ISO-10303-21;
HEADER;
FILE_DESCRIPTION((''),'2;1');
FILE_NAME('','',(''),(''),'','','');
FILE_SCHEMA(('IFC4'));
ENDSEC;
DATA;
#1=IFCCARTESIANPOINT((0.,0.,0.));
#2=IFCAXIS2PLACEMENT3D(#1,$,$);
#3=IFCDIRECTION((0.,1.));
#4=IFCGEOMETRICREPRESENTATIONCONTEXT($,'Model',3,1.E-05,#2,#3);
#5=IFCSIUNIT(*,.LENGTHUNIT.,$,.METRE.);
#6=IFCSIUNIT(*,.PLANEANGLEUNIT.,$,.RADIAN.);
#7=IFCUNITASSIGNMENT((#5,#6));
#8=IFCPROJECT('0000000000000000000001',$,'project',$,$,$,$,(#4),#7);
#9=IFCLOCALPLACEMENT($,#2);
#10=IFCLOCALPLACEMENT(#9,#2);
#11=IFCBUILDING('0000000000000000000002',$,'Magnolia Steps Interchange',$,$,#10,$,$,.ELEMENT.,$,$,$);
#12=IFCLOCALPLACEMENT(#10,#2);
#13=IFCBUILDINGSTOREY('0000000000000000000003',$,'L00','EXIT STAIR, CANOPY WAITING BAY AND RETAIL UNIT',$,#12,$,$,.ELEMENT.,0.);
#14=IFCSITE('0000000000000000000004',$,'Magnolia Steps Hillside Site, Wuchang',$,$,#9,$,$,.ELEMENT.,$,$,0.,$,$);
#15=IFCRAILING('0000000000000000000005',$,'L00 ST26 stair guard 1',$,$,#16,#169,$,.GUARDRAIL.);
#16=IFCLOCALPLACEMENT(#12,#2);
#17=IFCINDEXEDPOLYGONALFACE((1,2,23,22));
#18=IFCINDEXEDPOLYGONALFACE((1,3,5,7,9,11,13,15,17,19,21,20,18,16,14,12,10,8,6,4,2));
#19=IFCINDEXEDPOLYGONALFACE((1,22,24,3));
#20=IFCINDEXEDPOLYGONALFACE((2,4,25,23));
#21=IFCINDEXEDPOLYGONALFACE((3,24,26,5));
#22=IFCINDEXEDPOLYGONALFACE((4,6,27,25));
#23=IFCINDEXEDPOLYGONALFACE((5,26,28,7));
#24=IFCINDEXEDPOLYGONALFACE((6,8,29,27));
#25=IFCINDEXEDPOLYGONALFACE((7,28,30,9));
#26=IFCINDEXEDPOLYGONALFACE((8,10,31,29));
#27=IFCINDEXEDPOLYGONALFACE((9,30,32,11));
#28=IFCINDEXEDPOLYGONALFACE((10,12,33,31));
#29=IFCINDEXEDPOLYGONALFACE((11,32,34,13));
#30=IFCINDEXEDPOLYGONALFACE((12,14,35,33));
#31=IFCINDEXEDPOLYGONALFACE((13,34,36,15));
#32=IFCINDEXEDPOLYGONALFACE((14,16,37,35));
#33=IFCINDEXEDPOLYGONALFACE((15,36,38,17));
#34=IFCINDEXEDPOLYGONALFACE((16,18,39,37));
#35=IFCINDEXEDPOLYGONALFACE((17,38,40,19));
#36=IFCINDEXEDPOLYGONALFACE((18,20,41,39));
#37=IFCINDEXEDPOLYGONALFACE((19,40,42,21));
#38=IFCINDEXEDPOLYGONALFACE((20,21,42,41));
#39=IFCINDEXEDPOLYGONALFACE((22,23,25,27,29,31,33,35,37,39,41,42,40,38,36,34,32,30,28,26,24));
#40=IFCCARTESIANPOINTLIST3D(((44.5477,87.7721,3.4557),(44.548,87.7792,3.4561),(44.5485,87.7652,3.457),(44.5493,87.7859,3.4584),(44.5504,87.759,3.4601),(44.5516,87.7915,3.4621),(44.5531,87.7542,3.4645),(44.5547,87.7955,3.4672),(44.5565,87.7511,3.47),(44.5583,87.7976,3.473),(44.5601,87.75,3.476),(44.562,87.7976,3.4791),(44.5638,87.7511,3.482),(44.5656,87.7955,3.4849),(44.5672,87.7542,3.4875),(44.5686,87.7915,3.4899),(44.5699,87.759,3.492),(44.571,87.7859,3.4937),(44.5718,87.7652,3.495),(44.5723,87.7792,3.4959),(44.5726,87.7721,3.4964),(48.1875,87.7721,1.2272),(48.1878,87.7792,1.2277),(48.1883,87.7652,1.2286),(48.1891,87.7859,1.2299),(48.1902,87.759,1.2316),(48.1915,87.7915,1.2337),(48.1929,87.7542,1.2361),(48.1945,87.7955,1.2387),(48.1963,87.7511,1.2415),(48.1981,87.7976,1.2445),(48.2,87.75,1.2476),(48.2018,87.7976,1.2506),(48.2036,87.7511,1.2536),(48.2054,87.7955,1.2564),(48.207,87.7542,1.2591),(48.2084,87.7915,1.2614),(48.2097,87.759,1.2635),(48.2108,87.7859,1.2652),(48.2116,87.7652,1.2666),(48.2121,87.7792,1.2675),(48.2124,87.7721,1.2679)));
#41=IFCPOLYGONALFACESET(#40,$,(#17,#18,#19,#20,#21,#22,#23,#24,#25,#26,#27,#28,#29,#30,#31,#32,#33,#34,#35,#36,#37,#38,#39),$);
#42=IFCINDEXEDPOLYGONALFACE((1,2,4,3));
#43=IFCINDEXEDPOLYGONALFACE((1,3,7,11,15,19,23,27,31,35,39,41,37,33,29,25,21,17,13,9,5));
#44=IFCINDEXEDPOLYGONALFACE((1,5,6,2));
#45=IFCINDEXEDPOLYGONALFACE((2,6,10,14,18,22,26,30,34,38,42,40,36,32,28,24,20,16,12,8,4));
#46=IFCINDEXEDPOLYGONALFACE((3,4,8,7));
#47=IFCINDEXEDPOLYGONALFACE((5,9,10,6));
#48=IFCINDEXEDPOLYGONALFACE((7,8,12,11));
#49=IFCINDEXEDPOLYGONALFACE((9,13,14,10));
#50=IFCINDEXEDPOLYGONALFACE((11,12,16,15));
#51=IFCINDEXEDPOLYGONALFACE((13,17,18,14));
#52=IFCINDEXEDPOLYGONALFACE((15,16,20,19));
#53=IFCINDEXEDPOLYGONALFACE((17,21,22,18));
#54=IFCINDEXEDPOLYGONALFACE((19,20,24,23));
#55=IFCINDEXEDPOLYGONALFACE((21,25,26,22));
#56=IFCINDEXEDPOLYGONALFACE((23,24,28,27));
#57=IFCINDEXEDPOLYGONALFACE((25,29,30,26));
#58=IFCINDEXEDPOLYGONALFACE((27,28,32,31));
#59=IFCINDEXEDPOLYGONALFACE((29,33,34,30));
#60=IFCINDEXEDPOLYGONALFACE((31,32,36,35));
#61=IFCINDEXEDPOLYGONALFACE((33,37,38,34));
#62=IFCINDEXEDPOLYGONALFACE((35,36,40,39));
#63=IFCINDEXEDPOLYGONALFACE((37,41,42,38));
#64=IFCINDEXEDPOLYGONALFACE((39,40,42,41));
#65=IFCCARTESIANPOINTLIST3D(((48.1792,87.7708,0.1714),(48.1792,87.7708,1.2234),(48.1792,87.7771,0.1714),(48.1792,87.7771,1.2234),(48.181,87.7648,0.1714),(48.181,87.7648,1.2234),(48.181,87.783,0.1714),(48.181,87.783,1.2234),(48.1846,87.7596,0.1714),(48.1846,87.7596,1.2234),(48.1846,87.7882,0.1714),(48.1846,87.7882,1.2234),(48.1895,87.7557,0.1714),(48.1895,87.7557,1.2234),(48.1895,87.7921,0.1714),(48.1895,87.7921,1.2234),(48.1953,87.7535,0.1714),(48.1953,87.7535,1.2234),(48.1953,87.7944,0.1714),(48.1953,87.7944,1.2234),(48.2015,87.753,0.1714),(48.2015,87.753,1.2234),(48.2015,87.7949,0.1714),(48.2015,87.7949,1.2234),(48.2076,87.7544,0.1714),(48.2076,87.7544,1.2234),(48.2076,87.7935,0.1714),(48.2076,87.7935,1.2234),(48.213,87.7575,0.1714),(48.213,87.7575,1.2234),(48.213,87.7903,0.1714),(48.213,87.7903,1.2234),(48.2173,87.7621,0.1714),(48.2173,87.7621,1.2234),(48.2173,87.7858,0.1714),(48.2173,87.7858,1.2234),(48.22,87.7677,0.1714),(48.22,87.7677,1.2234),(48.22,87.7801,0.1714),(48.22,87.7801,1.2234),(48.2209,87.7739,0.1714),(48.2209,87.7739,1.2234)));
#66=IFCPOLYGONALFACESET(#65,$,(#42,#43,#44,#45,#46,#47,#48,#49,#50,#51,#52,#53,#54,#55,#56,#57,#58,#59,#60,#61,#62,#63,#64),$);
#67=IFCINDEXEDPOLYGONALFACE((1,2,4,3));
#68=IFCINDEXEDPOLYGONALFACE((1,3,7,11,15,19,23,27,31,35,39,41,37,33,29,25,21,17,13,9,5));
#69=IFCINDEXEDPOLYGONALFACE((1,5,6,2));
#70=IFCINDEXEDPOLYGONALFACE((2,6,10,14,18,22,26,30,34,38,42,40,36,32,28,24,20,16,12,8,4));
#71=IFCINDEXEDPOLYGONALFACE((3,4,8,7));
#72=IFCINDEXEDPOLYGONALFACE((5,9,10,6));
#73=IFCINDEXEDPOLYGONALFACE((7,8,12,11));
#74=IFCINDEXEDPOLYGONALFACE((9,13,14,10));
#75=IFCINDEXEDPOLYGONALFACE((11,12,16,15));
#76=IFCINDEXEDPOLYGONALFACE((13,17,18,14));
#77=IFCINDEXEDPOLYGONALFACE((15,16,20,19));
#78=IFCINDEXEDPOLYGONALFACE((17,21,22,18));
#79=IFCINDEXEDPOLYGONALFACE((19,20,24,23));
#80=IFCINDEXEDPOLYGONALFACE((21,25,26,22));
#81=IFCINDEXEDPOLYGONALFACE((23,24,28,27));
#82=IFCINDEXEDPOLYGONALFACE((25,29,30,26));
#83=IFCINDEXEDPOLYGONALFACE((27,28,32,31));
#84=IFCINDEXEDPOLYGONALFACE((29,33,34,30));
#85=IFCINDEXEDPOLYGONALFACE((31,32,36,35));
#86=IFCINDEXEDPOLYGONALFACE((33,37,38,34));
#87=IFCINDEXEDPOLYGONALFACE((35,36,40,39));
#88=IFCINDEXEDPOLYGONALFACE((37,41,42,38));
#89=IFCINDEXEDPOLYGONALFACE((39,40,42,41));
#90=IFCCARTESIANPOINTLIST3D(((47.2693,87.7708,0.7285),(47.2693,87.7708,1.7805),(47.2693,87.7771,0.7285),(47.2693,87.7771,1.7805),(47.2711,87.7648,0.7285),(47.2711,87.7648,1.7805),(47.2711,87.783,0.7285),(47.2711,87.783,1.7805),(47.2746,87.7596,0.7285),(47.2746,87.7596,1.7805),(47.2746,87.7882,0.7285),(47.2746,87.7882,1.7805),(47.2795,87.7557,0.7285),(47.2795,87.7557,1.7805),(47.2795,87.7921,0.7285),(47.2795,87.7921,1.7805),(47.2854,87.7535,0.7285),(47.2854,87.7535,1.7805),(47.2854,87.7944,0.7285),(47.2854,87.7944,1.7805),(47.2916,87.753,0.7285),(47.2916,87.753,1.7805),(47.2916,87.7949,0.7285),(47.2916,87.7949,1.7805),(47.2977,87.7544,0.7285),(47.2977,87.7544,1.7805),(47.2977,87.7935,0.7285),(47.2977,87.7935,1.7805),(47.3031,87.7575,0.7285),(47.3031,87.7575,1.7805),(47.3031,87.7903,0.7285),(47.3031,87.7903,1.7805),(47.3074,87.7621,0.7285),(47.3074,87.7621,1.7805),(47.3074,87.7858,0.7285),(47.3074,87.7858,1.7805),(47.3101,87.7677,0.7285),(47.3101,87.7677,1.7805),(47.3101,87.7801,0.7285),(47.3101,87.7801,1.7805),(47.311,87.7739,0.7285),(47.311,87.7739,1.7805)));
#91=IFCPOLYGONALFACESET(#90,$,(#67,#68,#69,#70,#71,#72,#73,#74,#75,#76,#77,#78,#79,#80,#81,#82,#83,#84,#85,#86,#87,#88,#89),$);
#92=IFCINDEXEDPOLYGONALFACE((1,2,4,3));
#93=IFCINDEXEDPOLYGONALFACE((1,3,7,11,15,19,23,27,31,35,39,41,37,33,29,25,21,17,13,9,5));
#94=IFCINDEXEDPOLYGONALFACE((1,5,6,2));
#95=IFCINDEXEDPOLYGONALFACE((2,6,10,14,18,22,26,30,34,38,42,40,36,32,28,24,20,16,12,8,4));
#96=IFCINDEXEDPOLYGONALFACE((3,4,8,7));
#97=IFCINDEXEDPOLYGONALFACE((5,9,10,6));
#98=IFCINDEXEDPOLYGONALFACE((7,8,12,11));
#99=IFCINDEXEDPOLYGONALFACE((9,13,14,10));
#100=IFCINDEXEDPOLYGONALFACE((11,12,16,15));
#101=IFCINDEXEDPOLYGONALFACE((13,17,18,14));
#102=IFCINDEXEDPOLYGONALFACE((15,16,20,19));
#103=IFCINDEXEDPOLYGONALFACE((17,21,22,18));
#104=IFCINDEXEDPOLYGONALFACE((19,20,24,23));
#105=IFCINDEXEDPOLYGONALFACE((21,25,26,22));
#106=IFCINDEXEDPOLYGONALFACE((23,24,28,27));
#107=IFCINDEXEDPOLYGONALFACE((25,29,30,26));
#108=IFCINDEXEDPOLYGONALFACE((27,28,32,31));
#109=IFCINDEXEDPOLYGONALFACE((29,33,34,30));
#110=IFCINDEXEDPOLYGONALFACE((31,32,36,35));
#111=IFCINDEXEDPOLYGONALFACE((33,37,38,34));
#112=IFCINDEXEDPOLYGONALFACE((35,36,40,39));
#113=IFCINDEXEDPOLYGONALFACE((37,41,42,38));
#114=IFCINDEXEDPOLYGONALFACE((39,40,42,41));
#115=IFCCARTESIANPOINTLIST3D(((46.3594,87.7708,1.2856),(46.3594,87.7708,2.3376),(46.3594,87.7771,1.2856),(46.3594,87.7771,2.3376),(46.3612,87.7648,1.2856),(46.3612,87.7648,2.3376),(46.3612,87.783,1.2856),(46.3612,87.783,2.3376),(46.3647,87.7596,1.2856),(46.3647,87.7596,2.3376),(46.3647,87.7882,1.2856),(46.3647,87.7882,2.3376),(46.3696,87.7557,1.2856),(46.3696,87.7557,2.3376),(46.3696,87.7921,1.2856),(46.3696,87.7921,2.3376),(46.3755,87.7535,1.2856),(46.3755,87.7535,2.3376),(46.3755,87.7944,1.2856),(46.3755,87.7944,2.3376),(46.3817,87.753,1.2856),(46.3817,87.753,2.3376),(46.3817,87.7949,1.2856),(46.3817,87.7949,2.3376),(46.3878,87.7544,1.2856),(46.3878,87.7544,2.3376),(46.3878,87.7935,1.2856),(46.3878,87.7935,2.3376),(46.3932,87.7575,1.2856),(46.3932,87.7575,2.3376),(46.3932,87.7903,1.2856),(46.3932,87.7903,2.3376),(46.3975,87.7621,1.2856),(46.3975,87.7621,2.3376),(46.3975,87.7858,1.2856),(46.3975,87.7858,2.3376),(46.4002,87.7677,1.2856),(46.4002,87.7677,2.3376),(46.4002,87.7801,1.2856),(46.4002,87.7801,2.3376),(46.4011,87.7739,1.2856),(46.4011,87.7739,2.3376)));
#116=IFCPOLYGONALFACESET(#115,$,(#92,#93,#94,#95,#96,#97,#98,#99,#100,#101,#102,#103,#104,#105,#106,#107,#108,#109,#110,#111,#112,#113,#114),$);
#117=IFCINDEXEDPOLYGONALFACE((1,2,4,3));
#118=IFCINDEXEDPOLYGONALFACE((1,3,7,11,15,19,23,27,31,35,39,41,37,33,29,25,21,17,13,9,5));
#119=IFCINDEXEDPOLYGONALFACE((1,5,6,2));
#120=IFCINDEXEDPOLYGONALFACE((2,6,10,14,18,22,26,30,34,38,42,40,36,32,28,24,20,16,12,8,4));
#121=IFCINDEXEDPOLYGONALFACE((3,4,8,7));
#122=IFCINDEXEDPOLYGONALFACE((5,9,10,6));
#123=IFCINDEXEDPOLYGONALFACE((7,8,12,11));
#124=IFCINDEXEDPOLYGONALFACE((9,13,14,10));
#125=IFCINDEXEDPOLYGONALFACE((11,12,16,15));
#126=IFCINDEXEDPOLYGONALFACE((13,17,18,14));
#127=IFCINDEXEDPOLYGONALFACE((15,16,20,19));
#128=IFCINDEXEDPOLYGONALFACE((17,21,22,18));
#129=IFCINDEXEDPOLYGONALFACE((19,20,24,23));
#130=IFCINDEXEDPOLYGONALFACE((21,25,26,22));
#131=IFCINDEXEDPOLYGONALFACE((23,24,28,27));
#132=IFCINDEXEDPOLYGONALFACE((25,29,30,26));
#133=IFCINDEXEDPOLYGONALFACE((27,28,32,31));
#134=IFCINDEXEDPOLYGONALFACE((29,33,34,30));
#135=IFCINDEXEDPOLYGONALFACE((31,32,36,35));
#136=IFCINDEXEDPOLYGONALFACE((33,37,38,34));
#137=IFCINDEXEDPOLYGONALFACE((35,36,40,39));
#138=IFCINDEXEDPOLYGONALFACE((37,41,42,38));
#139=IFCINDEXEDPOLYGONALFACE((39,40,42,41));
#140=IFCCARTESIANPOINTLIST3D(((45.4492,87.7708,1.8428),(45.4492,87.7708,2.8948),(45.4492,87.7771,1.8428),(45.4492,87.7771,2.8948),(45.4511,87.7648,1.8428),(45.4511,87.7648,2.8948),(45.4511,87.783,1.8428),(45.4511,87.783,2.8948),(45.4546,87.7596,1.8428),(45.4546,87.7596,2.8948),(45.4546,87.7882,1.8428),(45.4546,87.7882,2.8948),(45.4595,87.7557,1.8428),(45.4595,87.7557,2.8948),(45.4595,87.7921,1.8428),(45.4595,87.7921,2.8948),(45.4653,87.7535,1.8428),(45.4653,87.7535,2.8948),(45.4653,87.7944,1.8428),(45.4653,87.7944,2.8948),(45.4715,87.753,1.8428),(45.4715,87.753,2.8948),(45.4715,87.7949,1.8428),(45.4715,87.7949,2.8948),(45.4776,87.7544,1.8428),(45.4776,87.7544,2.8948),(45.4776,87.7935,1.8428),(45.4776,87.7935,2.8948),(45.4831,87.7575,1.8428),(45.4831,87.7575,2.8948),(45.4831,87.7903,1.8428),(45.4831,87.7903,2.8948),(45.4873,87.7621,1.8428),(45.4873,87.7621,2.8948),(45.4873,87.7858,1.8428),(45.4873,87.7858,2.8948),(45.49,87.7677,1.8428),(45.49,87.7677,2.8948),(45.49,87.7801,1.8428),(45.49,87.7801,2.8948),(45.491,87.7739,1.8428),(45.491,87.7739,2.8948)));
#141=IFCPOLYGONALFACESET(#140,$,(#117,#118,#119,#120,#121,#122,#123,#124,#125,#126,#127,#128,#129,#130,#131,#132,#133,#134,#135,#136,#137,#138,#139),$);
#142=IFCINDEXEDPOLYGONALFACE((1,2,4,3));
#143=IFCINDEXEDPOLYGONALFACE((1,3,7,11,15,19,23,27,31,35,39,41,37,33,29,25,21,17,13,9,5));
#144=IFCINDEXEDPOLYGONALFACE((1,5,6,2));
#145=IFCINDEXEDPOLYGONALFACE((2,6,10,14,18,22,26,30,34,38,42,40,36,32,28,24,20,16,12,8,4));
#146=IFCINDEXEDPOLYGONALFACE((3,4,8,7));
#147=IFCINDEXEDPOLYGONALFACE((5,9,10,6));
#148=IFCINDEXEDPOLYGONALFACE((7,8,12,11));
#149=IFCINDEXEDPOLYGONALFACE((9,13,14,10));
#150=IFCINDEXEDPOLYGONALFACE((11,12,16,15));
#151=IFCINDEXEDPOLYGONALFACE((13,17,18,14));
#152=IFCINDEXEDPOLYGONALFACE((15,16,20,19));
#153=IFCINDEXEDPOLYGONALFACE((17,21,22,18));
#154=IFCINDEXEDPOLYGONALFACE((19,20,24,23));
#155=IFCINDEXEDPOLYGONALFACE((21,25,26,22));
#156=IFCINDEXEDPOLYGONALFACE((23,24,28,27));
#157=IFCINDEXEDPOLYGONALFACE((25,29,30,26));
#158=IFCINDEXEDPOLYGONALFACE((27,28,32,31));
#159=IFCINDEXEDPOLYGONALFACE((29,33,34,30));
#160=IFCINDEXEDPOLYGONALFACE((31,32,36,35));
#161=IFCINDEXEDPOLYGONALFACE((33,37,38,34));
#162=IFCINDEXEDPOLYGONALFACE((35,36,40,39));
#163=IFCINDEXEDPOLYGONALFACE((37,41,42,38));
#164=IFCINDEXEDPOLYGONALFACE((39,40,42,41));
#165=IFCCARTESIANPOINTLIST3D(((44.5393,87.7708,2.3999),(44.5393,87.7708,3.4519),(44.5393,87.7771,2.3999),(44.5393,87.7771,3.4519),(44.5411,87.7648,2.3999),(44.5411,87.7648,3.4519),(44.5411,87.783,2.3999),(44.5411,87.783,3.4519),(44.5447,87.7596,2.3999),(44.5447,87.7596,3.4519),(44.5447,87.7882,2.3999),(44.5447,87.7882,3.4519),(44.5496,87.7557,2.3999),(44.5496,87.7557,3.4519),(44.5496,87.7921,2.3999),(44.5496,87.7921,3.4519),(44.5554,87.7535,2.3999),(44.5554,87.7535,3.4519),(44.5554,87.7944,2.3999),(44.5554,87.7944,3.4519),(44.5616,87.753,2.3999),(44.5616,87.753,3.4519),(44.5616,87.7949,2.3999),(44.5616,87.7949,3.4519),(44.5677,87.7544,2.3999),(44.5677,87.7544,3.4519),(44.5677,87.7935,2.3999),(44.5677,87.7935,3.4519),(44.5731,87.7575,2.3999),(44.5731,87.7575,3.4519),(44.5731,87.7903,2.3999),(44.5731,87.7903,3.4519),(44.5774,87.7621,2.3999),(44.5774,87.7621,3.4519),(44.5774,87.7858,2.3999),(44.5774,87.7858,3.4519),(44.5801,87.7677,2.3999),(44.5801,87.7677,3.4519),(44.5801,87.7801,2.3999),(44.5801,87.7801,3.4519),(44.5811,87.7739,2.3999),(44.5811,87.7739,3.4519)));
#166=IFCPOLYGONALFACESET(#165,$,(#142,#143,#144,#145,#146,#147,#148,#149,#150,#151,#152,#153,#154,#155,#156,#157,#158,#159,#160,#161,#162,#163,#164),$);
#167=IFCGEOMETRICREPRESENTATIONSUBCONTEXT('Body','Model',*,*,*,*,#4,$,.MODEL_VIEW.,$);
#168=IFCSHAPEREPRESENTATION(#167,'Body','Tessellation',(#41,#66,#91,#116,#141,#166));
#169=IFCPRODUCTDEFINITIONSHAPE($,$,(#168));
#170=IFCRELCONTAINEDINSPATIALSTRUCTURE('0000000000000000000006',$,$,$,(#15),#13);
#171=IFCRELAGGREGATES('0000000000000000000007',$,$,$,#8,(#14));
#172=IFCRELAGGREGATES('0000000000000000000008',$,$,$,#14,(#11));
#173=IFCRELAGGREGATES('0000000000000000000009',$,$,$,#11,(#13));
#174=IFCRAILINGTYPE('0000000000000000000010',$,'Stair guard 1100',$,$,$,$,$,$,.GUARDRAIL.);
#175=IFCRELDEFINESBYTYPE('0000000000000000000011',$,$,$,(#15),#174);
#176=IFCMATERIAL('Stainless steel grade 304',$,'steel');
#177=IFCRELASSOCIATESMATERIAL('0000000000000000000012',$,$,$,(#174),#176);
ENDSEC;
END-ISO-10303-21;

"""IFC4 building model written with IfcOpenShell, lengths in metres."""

from ifc_helpers import new_model, si_unit, direction, frame, origin, origin_2d, place, context, subcontext, project, spatial, circle, extrude, material, type_object, element, save


model = new_model("IFC4")

# Units and contexts
model_context = context("Model", 3, precision=1e-05, world=origin(), true_north=direction((0.0, 1.0)))
body_context = subcontext(model_context, "Body", "Model", "MODEL_VIEW")
ifc_project = project(units=[si_unit("LENGTHUNIT", "METRE"), si_unit("PLANEANGLEUNIT", "RADIAN")], contexts=[model_context])

# Site, building, storey
site_placement = place(None, origin())
site = spatial("IfcSite", under=ifc_project, at=site_placement, Name="Magnolia Steps Hillside Site, Wuchang", CompositionType="ELEMENT", RefElevation=0.0)
building_placement = place(site_placement, origin())
building = spatial("IfcBuilding", under=site, at=building_placement, Name="Magnolia Steps Interchange", CompositionType="ELEMENT")
storey_placement = place(building_placement, origin())
storey = spatial("IfcBuildingStorey", under=building, at=storey_placement, Name="L00", Description="EXIT STAIR, CANOPY WAITING BAY AND RETAIL UNIT", CompositionType="ELEMENT", Elevation=0.0)

# Railing
ifc_material_1 = material(Name="Stainless steel grade 304", Category="steel")
railing_type_1 = type_object("IfcRailingType", Name="Stair guard 1100", PredefinedType="GUARDRAIL", material=ifc_material_1)
railing_1_placement = place(storey_placement, frame((48.2, 87.7739, 0.1714)))
element("IfcRailing", 1, at=railing_1_placement, inside=storey, type_object=railing_type_1, Name="L00 ST26 stair guard 1", PredefinedType="GUARDRAIL", context=body_context, shape_type="SweptSolid", body=[
    extrude(circle(Radius=0.0239, at=origin_2d()), frame((0.0, 0.0, 1.0762), z_axis=(-0.85285, 0.0, 0.522156), x_axis=(0.0, -1.0, 0.0)), (0.0, 0.0, 1.0), 4.2678),
    extrude(circle(Radius=0.021, at=origin_2d()), origin(), (0.0, 0.0, 1.0), 1.052),
    extrude(circle(Radius=0.021, at=origin_2d()), frame((-0.9099, 0.0, 0.5571)), (0.0, 0.0, 1.0), 1.052),
    extrude(circle(Radius=0.021, at=origin_2d()), frame((-1.8198, 0.0, 1.1143)), (0.0, 0.0, 1.0), 1.052),
    extrude(circle(Radius=0.021, at=origin_2d()), frame((-2.73, 0.0, 1.6714)), (0.0, 0.0, 1.0), 1.052),
    extrude(circle(Radius=0.021, at=origin_2d()), frame((-3.6399, 0.0, 2.2285)), (0.0, 0.0, 1.0), 1.052),
])

save(model, "model.ifc")
